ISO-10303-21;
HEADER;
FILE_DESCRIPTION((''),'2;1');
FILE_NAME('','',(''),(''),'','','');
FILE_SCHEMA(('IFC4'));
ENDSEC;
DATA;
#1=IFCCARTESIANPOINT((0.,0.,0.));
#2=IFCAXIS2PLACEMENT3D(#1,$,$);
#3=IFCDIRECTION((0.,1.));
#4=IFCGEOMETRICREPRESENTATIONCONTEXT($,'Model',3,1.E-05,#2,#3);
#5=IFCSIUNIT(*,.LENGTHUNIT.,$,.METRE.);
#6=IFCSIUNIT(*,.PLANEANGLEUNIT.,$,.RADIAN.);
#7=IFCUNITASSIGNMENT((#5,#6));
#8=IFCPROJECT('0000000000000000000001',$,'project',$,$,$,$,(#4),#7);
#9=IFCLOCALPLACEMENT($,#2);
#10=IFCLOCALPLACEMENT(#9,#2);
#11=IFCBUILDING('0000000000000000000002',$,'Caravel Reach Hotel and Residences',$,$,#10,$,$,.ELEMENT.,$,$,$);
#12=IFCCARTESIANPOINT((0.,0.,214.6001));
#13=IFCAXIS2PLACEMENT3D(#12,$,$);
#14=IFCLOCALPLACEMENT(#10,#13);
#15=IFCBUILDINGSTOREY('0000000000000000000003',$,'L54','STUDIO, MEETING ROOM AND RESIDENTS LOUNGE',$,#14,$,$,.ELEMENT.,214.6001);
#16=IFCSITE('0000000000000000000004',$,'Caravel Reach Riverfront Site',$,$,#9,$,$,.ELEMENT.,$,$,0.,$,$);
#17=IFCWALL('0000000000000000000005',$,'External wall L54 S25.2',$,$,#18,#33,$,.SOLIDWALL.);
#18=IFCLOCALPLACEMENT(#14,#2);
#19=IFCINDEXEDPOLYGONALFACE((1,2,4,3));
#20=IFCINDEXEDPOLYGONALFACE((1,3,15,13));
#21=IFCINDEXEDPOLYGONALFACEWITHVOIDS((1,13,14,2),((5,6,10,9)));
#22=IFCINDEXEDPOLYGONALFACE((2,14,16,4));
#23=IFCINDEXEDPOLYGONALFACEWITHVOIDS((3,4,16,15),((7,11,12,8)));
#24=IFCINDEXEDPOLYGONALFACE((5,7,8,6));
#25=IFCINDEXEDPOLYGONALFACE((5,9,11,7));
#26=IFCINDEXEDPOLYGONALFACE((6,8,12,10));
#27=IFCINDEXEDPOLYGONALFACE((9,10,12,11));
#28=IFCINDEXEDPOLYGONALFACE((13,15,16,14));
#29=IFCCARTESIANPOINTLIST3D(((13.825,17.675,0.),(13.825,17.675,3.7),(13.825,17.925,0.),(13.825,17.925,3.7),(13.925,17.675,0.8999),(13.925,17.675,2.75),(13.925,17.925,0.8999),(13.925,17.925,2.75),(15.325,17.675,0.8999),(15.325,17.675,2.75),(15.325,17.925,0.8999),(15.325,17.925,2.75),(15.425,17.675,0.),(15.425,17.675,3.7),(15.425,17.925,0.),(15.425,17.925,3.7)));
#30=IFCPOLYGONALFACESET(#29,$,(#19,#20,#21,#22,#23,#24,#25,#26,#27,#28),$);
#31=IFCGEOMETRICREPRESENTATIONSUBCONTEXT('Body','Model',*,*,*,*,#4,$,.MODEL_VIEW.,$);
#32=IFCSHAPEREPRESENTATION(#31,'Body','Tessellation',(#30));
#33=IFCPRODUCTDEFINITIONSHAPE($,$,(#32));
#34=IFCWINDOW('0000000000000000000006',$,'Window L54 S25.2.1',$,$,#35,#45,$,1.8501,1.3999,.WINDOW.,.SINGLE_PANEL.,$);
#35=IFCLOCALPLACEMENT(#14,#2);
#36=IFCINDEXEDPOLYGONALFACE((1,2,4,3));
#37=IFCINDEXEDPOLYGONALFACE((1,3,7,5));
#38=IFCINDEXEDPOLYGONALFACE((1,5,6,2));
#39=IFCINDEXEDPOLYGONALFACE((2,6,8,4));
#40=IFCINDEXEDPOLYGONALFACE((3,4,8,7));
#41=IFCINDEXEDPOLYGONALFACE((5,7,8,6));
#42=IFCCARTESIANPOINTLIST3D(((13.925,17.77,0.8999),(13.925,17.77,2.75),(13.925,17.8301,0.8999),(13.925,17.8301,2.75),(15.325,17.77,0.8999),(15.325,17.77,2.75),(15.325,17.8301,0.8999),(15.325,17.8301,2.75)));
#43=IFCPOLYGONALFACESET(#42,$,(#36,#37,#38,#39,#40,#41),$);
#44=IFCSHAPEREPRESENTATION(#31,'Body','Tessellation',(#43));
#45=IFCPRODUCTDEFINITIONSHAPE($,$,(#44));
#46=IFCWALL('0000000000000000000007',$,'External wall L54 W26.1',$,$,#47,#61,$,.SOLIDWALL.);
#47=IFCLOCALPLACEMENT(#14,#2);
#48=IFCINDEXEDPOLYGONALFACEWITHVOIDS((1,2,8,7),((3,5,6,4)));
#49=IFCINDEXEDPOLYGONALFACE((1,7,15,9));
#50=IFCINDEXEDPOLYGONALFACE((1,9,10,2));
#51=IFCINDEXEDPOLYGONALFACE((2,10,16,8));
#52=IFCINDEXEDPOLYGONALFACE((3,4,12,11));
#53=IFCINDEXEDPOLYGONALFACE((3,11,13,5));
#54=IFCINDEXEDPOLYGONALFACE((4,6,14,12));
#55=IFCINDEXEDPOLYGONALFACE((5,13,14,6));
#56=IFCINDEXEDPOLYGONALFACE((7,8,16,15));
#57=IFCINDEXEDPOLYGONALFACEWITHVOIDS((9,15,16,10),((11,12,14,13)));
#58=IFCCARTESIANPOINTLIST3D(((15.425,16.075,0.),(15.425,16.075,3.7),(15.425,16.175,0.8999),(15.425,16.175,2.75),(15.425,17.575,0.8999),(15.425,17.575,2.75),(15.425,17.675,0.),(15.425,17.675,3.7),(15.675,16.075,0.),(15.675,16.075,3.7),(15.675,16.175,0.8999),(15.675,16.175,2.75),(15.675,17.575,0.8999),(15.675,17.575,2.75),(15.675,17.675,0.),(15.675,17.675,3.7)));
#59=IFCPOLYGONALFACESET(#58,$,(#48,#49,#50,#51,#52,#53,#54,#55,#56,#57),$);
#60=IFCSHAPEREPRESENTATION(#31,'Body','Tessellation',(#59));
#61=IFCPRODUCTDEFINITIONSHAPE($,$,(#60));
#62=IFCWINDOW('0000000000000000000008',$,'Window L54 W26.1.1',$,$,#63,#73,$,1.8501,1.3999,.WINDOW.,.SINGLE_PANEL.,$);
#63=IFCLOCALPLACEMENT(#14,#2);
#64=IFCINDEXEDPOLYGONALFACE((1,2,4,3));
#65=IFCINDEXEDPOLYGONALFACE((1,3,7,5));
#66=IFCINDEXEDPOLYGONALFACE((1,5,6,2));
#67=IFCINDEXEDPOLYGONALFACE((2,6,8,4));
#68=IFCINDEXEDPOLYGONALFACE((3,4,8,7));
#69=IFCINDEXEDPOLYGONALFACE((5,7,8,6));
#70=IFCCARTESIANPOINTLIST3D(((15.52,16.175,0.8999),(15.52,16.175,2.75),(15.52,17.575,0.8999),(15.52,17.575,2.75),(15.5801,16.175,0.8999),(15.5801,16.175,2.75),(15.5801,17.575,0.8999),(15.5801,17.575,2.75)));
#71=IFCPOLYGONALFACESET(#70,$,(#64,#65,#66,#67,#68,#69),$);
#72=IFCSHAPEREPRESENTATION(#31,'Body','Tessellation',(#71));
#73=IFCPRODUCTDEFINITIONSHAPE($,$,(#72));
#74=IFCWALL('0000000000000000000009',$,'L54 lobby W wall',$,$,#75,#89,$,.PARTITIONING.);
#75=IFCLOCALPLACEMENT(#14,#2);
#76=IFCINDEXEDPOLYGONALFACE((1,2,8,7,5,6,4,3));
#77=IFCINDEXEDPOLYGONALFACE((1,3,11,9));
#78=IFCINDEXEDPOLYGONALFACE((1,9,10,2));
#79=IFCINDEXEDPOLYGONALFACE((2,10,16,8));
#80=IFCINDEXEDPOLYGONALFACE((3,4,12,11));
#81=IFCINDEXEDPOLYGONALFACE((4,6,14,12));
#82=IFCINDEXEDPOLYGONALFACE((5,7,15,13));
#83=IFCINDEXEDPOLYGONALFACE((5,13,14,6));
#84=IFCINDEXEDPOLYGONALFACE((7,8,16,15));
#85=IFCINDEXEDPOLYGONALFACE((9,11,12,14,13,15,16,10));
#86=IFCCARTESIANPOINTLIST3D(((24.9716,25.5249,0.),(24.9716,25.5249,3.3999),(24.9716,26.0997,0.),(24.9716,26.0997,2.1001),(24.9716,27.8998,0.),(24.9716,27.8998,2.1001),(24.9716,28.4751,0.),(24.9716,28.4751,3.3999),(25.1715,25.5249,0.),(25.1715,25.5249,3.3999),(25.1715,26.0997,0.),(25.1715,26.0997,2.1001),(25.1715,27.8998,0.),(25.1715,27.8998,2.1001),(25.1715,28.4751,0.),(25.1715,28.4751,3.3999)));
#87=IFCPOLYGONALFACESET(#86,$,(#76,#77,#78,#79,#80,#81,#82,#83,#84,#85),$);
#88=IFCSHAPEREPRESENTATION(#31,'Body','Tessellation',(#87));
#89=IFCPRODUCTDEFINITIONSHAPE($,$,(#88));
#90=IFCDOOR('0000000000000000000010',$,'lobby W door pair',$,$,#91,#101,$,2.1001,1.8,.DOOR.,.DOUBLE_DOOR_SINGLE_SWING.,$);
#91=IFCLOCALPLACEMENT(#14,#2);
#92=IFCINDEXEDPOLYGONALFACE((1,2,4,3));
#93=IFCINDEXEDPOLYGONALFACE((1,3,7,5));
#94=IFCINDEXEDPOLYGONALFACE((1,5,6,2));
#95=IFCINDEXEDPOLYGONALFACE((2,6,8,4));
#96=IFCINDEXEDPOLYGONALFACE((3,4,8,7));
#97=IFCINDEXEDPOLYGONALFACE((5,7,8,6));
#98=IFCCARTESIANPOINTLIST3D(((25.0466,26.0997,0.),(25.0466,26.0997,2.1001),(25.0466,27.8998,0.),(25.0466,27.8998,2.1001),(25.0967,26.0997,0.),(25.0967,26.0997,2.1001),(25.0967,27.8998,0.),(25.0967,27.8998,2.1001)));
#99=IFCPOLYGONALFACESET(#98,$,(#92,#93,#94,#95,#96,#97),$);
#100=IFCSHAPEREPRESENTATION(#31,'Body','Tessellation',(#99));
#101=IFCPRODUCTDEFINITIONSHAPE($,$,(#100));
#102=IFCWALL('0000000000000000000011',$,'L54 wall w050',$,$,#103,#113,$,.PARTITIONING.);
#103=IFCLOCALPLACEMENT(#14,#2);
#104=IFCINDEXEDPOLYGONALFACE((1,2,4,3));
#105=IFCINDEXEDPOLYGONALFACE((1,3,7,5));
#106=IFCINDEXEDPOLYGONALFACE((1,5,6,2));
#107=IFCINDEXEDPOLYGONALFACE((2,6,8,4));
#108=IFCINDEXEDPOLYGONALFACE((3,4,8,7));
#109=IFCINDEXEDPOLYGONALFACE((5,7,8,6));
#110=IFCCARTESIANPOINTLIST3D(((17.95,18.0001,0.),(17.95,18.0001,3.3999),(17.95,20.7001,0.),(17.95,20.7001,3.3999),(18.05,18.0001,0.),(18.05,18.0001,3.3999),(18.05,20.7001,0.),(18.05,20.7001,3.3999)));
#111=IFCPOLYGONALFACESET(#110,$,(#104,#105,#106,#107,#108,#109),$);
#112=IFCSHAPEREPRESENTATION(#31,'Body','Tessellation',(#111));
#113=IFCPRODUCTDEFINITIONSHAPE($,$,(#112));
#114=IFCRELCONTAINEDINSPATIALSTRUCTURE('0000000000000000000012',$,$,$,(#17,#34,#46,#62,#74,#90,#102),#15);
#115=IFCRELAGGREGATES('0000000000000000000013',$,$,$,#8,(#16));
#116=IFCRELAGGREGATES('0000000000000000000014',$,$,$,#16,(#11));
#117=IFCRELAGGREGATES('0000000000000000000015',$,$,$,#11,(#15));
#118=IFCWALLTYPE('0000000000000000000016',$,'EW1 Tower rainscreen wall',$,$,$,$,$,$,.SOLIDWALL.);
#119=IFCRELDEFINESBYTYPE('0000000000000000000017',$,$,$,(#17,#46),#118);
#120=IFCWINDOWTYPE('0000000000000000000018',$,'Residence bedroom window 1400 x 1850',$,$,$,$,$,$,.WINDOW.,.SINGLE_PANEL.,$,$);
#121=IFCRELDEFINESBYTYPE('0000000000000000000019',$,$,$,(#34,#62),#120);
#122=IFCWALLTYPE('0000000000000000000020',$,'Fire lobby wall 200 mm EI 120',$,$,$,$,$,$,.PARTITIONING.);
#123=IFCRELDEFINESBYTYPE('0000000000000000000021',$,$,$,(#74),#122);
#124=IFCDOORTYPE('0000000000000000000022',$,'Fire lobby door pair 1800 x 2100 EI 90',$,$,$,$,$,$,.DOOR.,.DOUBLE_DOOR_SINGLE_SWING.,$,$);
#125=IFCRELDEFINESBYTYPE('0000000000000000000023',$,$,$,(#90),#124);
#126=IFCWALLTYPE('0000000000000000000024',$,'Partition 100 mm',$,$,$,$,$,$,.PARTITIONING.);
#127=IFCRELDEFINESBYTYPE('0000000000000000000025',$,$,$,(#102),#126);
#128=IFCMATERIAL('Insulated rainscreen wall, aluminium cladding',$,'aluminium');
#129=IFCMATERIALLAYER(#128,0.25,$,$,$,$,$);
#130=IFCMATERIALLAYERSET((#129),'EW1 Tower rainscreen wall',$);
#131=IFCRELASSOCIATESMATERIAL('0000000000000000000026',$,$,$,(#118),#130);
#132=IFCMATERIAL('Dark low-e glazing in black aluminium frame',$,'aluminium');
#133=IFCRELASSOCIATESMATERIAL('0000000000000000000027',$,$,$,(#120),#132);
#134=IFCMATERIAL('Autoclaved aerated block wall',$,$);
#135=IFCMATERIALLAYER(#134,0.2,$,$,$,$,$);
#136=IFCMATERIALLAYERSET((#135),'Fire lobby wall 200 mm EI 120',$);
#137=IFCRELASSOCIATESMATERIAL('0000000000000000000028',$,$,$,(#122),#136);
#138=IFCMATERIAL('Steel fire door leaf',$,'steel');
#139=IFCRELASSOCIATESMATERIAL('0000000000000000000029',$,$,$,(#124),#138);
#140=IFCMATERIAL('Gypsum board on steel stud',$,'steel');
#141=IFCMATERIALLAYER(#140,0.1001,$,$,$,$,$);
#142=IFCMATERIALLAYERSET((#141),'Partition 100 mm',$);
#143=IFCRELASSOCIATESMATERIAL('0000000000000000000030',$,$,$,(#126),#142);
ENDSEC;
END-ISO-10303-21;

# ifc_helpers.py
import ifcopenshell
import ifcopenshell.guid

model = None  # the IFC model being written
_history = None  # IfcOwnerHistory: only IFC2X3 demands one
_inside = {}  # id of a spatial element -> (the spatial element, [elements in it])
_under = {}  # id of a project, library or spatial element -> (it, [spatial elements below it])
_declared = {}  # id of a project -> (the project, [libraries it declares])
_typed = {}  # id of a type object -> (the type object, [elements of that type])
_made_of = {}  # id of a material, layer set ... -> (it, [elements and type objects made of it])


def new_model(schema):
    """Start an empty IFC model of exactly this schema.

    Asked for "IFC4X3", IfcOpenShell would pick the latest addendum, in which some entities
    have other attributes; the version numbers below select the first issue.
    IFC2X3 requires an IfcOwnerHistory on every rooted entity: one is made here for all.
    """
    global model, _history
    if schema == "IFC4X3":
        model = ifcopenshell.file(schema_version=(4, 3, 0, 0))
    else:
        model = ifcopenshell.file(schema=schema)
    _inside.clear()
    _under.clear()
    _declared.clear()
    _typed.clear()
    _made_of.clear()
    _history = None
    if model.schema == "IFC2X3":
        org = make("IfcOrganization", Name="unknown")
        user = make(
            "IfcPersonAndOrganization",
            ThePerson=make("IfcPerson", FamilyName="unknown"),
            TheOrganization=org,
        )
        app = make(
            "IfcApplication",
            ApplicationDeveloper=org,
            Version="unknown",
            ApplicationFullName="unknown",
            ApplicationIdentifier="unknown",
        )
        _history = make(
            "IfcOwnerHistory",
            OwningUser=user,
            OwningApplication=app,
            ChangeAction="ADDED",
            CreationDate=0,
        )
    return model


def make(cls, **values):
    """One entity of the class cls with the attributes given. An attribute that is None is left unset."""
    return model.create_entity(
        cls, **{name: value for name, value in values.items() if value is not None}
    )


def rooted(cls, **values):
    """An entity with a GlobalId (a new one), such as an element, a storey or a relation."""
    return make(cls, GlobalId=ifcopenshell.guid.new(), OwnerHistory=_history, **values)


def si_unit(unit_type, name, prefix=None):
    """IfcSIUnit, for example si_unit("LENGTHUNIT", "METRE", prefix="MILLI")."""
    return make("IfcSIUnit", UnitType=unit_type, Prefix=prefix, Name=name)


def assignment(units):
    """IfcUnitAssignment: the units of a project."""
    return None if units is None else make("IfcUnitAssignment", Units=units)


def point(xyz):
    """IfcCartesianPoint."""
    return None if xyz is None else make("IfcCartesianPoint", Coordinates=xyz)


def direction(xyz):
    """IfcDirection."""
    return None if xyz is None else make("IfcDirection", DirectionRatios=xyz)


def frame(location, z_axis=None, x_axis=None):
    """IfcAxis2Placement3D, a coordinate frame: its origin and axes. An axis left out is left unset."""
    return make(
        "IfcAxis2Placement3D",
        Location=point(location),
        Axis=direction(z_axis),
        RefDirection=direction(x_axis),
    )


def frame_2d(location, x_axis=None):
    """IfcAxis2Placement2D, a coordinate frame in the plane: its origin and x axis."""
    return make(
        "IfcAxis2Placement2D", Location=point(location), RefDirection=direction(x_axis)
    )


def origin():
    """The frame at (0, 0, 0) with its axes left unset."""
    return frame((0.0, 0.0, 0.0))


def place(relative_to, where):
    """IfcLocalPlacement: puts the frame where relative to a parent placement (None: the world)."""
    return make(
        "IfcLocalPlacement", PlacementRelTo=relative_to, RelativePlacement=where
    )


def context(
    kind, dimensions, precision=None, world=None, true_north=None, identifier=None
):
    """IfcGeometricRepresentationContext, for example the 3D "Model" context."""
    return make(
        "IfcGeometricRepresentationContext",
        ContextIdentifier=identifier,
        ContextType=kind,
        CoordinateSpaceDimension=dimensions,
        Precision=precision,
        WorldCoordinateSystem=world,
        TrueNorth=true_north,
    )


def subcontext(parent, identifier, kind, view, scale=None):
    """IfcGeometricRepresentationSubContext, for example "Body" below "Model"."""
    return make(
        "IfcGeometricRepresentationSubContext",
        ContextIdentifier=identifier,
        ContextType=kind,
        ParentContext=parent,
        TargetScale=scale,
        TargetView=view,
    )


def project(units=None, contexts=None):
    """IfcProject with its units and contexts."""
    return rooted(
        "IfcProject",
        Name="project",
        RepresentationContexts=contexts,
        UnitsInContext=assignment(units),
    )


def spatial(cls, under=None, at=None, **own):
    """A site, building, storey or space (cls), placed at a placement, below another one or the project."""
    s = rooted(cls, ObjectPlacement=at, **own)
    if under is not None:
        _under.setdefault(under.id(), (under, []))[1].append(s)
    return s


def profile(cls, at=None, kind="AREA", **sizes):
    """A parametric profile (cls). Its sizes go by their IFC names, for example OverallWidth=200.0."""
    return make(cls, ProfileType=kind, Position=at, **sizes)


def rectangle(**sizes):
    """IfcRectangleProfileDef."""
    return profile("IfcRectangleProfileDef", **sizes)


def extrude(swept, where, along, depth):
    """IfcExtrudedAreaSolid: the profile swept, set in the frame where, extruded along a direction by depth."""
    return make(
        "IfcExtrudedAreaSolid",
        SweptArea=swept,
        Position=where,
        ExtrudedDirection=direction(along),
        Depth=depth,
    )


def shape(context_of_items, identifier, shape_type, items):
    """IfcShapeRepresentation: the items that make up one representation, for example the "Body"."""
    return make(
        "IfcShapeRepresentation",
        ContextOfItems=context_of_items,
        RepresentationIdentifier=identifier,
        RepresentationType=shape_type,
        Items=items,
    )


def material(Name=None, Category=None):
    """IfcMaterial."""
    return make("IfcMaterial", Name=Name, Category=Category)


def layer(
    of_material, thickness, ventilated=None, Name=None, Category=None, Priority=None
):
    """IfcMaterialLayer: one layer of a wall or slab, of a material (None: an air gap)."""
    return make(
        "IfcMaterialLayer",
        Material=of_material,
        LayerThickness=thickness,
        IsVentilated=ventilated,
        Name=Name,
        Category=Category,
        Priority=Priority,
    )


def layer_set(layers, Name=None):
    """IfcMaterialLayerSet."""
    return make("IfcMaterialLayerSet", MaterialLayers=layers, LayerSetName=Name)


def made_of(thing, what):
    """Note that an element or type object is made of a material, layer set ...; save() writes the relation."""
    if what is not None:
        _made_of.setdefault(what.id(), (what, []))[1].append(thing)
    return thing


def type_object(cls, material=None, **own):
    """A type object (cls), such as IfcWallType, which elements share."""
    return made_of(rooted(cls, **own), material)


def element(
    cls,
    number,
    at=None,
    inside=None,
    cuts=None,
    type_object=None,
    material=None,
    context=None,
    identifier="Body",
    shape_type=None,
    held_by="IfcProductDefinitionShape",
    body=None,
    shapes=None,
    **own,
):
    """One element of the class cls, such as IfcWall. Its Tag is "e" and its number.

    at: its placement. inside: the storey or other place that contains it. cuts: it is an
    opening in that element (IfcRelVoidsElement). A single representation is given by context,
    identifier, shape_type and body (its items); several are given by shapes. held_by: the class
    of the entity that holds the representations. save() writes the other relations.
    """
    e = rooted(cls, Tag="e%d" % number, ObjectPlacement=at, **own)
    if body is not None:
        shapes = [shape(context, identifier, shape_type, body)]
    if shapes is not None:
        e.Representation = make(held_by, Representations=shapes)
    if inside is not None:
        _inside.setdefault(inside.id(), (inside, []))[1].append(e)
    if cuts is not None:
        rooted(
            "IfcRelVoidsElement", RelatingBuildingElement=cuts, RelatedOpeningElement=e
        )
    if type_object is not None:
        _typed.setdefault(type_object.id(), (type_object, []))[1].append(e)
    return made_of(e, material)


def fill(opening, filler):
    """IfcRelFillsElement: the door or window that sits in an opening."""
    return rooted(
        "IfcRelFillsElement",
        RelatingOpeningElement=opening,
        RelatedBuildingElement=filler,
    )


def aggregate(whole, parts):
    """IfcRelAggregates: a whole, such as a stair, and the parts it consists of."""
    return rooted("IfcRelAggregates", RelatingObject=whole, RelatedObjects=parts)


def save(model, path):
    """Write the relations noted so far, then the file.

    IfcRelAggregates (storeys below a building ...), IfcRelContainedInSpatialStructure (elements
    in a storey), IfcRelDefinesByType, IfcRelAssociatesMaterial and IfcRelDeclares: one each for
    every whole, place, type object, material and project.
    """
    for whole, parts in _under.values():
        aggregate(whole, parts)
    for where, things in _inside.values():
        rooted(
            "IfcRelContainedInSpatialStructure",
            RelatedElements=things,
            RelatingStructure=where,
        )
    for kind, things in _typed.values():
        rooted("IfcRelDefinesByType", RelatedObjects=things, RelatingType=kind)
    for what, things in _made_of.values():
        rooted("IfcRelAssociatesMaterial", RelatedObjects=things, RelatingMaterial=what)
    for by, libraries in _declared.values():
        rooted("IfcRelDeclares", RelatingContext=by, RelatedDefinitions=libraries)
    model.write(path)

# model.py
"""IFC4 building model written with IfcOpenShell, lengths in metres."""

from ifc_helpers import new_model, si_unit, direction, frame, frame_2d, origin, place, context, subcontext, project, spatial, rectangle, extrude, material, layer, layer_set, type_object, element, fill, save


model = new_model("IFC4")

# Units and contexts
model_context = context("Model", 3, precision=1e-05, world=origin(), true_north=direction((0.0, 1.0)))
body_context = subcontext(model_context, "Body", "Model", "MODEL_VIEW")
ifc_project = project(units=[si_unit("LENGTHUNIT", "METRE"), si_unit("PLANEANGLEUNIT", "RADIAN")], contexts=[model_context])

# Site, building, storey
site_placement = place(None, origin())
site = spatial("IfcSite", under=ifc_project, at=site_placement, Name="Caravel Reach Riverfront Site", CompositionType="ELEMENT", RefElevation=0.0)
building_placement = place(site_placement, origin())
building = spatial("IfcBuilding", under=site, at=building_placement, Name="Caravel Reach Hotel and Residences", CompositionType="ELEMENT")
storey_placement = place(building_placement, frame((0.0, 0.0, 214.6001)))
storey = spatial("IfcBuildingStorey", under=building, at=storey_placement, Name="L54", Description="STUDIO, MEETING ROOM AND RESIDENTS LOUNGE", CompositionType="ELEMENT", Elevation=214.6001)

# Walls, openings, windows
ifc_material_1 = material(Name="Insulated rainscreen wall, aluminium cladding", Category="aluminium")
ifc_layer_1 = layer(ifc_material_1, 0.25)
ifc_layer_set_1 = layer_set([ifc_layer_1], Name="EW1 Tower rainscreen wall")
wall_type_1 = type_object("IfcWallType", Name="EW1 Tower rainscreen wall", PredefinedType="SOLIDWALL", material=ifc_layer_set_1)
wall_1_placement = place(storey_placement, frame((13.825, 17.8, 0.0), z_axis=(0.0, 0.0, 1.0), x_axis=(1.0, 0.0, 0.0)))
wall_1 = element("IfcWall", 1, at=wall_1_placement, inside=storey, type_object=wall_type_1, Name="External wall L54 S25.2", PredefinedType="SOLIDWALL", context=body_context, shape_type="SweptSolid", body=[
    extrude(rectangle(XDim=1.6001, YDim=0.25, at=frame_2d((0.8, 0.0))), origin(), (0.0, 0.0, 1.0), 3.7),
])
opening_1_placement = place(wall_1_placement, frame((0.1001, 0.0, 0.8999)))
opening_1 = element("IfcOpeningElement", 2, at=opening_1_placement, cuts=wall_1, PredefinedType="OPENING", context=body_context, shape_type="SweptSolid", body=[
    extrude(rectangle(XDim=1.3999, YDim=1.8501, at=frame_2d((0.7, 0.925))), frame((0.0, 0.135, 0.0), z_axis=(0.0, -1.0, 0.0), x_axis=(1.0, 0.0, 0.0)), (0.0, 0.0, 1.0), 0.27),
])
ifc_material_2 = material(Name="Dark low-e glazing in black aluminium frame", Category="aluminium")
window_type = type_object("IfcWindowType", Name="Residence bedroom window 1400 x 1850", PartitioningType="SINGLE_PANEL", PredefinedType="WINDOW", material=ifc_material_2)
window_1_placement = place(opening_1_placement, origin())
window_1 = element("IfcWindow", 3, at=window_1_placement, inside=storey, type_object=window_type, Name="Window L54 S25.2.1", OverallHeight=1.8501, OverallWidth=1.3999, PartitioningType="SINGLE_PANEL", PredefinedType="WINDOW", context=body_context, shape_type="SweptSolid", body=[
    extrude(rectangle(XDim=1.3999, YDim=1.8501, at=frame_2d((0.7, 0.925))), frame((0.0, 0.03, 0.0), z_axis=(0.0, -1.0, 0.0), x_axis=(1.0, 0.0, 0.0)), (0.0, 0.0, 1.0), 0.0601),
])
fill(opening_1, window_1)
wall_2_placement = place(storey_placement, frame((15.55, 17.675, 0.0), z_axis=(0.0, 0.0, 1.0), x_axis=(0.0, -1.0, 0.0)))
wall_2 = element("IfcWall", 4, at=wall_2_placement, inside=storey, type_object=wall_type_1, Name="External wall L54 W26.1", PredefinedType="SOLIDWALL", context=body_context, shape_type="SweptSolid", body=[
    extrude(rectangle(XDim=1.6001, YDim=0.25, at=frame_2d((0.8, 0.0))), origin(), (0.0, 0.0, 1.0), 3.7),
])
opening_2_placement = place(wall_2_placement, frame((0.1001, 0.0, 0.8999)))
opening_2 = element("IfcOpeningElement", 5, at=opening_2_placement, cuts=wall_2, PredefinedType="OPENING", context=body_context, shape_type="SweptSolid", body=[
    extrude(rectangle(XDim=1.3999, YDim=1.8501, at=frame_2d((0.7, 0.925))), frame((0.0, 0.135, 0.0), z_axis=(0.0, -1.0, 0.0), x_axis=(1.0, 0.0, 0.0)), (0.0, 0.0, 1.0), 0.27),
])
window_2_placement = place(opening_2_placement, origin())
window_2 = element("IfcWindow", 6, at=window_2_placement, inside=storey, type_object=window_type, Name="Window L54 W26.1.1", OverallHeight=1.8501, OverallWidth=1.3999, PartitioningType="SINGLE_PANEL", PredefinedType="WINDOW", context=body_context, shape_type="SweptSolid", body=[
    extrude(rectangle(XDim=1.3999, YDim=1.8501, at=frame_2d((0.7, 0.925))), frame((0.0, 0.03, 0.0), z_axis=(0.0, -1.0, 0.0), x_axis=(1.0, 0.0, 0.0)), (0.0, 0.0, 1.0), 0.0601),
])
fill(opening_2, window_2)

# Wall, opening, door
ifc_material_3 = material(Name="Autoclaved aerated block wall")
ifc_layer_2 = layer(ifc_material_3, 0.2)
ifc_layer_set_2 = layer_set([ifc_layer_2], Name="Fire lobby wall 200 mm EI 120")
wall_type_2 = type_object("IfcWallType", Name="Fire lobby wall 200 mm EI 120", PredefinedType="PARTITIONING", material=ifc_layer_set_2)
wall_3_placement = place(storey_placement, frame((25.0715, 25.5249, 0.0), z_axis=(0.0, 0.0, 1.0), x_axis=(0.0, 1.0, 0.0)))
wall_3 = element("IfcWall", 7, at=wall_3_placement, inside=storey, type_object=wall_type_2, Name="L54 lobby W wall", PredefinedType="PARTITIONING", context=body_context, shape_type="SweptSolid", body=[
    extrude(rectangle(XDim=2.9502, YDim=0.2, at=frame_2d((1.4751, 0.0))), origin(), (0.0, 0.0, 1.0), 3.3999),
])
opening_3_placement = place(wall_3_placement, frame((0.575, 0.0, 0.0)))
opening_3 = element("IfcOpeningElement", 8, at=opening_3_placement, cuts=wall_3, PredefinedType="OPENING", context=body_context, shape_type="SweptSolid", body=[
    extrude(rectangle(XDim=1.8, YDim=2.1001, at=frame_2d((0.8999, 1.05))), frame((0.0, 0.1099, 0.0), z_axis=(0.0, -1.0, 0.0), x_axis=(1.0, 0.0, 0.0)), (0.0, 0.0, 1.0), 0.22),
])
ifc_material_4 = material(Name="Steel fire door leaf", Category="steel")
door_type_1 = type_object("IfcDoorType", Name="Fire lobby door pair 1800 x 2100 EI 90", OperationType="DOUBLE_DOOR_SINGLE_SWING", PredefinedType="DOOR", material=ifc_material_4)
door_1_placement = place(opening_3_placement, origin())
door_1 = element("IfcDoor", 9, at=door_1_placement, inside=storey, type_object=door_type_1, Name="lobby W door pair", OperationType="DOUBLE_DOOR_SINGLE_SWING", OverallHeight=2.1001, OverallWidth=1.8, PredefinedType="DOOR", context=body_context, shape_type="SweptSolid", body=[
    extrude(rectangle(XDim=1.8, YDim=2.1001, at=frame_2d((0.8999, 1.05))), frame((0.0, 0.0249, 0.0), z_axis=(0.0, -1.0, 0.0), x_axis=(1.0, 0.0, 0.0)), (0.0, 0.0, 1.0), 0.05),
])
fill(opening_3, door_1)

# Wall
ifc_material_5 = material(Name="Gypsum board on steel stud", Category="steel")
ifc_layer_3 = layer(ifc_material_5, 0.1001)
ifc_layer_set_3 = layer_set([ifc_layer_3], Name="Partition 100 mm")
wall_type_3 = type_object("IfcWallType", Name="Partition 100 mm", PredefinedType="PARTITIONING", material=ifc_layer_set_3)
wall_4_placement = place(storey_placement, frame((18.0, 18.0, 0.0), z_axis=(0.0, 0.0, 1.0), x_axis=(0.0, 1.0, 0.0)))
element("IfcWall", 10, at=wall_4_placement, inside=storey, type_object=wall_type_3, Name="L54 wall w050", PredefinedType="PARTITIONING", context=body_context, shape_type="SweptSolid", body=[
    extrude(rectangle(XDim=2.7, YDim=0.1001, at=frame_2d((1.3501, 0.0))), origin(), (0.0, 0.0, 1.0), 3.3999),
])

save(model, "model.ifc")
